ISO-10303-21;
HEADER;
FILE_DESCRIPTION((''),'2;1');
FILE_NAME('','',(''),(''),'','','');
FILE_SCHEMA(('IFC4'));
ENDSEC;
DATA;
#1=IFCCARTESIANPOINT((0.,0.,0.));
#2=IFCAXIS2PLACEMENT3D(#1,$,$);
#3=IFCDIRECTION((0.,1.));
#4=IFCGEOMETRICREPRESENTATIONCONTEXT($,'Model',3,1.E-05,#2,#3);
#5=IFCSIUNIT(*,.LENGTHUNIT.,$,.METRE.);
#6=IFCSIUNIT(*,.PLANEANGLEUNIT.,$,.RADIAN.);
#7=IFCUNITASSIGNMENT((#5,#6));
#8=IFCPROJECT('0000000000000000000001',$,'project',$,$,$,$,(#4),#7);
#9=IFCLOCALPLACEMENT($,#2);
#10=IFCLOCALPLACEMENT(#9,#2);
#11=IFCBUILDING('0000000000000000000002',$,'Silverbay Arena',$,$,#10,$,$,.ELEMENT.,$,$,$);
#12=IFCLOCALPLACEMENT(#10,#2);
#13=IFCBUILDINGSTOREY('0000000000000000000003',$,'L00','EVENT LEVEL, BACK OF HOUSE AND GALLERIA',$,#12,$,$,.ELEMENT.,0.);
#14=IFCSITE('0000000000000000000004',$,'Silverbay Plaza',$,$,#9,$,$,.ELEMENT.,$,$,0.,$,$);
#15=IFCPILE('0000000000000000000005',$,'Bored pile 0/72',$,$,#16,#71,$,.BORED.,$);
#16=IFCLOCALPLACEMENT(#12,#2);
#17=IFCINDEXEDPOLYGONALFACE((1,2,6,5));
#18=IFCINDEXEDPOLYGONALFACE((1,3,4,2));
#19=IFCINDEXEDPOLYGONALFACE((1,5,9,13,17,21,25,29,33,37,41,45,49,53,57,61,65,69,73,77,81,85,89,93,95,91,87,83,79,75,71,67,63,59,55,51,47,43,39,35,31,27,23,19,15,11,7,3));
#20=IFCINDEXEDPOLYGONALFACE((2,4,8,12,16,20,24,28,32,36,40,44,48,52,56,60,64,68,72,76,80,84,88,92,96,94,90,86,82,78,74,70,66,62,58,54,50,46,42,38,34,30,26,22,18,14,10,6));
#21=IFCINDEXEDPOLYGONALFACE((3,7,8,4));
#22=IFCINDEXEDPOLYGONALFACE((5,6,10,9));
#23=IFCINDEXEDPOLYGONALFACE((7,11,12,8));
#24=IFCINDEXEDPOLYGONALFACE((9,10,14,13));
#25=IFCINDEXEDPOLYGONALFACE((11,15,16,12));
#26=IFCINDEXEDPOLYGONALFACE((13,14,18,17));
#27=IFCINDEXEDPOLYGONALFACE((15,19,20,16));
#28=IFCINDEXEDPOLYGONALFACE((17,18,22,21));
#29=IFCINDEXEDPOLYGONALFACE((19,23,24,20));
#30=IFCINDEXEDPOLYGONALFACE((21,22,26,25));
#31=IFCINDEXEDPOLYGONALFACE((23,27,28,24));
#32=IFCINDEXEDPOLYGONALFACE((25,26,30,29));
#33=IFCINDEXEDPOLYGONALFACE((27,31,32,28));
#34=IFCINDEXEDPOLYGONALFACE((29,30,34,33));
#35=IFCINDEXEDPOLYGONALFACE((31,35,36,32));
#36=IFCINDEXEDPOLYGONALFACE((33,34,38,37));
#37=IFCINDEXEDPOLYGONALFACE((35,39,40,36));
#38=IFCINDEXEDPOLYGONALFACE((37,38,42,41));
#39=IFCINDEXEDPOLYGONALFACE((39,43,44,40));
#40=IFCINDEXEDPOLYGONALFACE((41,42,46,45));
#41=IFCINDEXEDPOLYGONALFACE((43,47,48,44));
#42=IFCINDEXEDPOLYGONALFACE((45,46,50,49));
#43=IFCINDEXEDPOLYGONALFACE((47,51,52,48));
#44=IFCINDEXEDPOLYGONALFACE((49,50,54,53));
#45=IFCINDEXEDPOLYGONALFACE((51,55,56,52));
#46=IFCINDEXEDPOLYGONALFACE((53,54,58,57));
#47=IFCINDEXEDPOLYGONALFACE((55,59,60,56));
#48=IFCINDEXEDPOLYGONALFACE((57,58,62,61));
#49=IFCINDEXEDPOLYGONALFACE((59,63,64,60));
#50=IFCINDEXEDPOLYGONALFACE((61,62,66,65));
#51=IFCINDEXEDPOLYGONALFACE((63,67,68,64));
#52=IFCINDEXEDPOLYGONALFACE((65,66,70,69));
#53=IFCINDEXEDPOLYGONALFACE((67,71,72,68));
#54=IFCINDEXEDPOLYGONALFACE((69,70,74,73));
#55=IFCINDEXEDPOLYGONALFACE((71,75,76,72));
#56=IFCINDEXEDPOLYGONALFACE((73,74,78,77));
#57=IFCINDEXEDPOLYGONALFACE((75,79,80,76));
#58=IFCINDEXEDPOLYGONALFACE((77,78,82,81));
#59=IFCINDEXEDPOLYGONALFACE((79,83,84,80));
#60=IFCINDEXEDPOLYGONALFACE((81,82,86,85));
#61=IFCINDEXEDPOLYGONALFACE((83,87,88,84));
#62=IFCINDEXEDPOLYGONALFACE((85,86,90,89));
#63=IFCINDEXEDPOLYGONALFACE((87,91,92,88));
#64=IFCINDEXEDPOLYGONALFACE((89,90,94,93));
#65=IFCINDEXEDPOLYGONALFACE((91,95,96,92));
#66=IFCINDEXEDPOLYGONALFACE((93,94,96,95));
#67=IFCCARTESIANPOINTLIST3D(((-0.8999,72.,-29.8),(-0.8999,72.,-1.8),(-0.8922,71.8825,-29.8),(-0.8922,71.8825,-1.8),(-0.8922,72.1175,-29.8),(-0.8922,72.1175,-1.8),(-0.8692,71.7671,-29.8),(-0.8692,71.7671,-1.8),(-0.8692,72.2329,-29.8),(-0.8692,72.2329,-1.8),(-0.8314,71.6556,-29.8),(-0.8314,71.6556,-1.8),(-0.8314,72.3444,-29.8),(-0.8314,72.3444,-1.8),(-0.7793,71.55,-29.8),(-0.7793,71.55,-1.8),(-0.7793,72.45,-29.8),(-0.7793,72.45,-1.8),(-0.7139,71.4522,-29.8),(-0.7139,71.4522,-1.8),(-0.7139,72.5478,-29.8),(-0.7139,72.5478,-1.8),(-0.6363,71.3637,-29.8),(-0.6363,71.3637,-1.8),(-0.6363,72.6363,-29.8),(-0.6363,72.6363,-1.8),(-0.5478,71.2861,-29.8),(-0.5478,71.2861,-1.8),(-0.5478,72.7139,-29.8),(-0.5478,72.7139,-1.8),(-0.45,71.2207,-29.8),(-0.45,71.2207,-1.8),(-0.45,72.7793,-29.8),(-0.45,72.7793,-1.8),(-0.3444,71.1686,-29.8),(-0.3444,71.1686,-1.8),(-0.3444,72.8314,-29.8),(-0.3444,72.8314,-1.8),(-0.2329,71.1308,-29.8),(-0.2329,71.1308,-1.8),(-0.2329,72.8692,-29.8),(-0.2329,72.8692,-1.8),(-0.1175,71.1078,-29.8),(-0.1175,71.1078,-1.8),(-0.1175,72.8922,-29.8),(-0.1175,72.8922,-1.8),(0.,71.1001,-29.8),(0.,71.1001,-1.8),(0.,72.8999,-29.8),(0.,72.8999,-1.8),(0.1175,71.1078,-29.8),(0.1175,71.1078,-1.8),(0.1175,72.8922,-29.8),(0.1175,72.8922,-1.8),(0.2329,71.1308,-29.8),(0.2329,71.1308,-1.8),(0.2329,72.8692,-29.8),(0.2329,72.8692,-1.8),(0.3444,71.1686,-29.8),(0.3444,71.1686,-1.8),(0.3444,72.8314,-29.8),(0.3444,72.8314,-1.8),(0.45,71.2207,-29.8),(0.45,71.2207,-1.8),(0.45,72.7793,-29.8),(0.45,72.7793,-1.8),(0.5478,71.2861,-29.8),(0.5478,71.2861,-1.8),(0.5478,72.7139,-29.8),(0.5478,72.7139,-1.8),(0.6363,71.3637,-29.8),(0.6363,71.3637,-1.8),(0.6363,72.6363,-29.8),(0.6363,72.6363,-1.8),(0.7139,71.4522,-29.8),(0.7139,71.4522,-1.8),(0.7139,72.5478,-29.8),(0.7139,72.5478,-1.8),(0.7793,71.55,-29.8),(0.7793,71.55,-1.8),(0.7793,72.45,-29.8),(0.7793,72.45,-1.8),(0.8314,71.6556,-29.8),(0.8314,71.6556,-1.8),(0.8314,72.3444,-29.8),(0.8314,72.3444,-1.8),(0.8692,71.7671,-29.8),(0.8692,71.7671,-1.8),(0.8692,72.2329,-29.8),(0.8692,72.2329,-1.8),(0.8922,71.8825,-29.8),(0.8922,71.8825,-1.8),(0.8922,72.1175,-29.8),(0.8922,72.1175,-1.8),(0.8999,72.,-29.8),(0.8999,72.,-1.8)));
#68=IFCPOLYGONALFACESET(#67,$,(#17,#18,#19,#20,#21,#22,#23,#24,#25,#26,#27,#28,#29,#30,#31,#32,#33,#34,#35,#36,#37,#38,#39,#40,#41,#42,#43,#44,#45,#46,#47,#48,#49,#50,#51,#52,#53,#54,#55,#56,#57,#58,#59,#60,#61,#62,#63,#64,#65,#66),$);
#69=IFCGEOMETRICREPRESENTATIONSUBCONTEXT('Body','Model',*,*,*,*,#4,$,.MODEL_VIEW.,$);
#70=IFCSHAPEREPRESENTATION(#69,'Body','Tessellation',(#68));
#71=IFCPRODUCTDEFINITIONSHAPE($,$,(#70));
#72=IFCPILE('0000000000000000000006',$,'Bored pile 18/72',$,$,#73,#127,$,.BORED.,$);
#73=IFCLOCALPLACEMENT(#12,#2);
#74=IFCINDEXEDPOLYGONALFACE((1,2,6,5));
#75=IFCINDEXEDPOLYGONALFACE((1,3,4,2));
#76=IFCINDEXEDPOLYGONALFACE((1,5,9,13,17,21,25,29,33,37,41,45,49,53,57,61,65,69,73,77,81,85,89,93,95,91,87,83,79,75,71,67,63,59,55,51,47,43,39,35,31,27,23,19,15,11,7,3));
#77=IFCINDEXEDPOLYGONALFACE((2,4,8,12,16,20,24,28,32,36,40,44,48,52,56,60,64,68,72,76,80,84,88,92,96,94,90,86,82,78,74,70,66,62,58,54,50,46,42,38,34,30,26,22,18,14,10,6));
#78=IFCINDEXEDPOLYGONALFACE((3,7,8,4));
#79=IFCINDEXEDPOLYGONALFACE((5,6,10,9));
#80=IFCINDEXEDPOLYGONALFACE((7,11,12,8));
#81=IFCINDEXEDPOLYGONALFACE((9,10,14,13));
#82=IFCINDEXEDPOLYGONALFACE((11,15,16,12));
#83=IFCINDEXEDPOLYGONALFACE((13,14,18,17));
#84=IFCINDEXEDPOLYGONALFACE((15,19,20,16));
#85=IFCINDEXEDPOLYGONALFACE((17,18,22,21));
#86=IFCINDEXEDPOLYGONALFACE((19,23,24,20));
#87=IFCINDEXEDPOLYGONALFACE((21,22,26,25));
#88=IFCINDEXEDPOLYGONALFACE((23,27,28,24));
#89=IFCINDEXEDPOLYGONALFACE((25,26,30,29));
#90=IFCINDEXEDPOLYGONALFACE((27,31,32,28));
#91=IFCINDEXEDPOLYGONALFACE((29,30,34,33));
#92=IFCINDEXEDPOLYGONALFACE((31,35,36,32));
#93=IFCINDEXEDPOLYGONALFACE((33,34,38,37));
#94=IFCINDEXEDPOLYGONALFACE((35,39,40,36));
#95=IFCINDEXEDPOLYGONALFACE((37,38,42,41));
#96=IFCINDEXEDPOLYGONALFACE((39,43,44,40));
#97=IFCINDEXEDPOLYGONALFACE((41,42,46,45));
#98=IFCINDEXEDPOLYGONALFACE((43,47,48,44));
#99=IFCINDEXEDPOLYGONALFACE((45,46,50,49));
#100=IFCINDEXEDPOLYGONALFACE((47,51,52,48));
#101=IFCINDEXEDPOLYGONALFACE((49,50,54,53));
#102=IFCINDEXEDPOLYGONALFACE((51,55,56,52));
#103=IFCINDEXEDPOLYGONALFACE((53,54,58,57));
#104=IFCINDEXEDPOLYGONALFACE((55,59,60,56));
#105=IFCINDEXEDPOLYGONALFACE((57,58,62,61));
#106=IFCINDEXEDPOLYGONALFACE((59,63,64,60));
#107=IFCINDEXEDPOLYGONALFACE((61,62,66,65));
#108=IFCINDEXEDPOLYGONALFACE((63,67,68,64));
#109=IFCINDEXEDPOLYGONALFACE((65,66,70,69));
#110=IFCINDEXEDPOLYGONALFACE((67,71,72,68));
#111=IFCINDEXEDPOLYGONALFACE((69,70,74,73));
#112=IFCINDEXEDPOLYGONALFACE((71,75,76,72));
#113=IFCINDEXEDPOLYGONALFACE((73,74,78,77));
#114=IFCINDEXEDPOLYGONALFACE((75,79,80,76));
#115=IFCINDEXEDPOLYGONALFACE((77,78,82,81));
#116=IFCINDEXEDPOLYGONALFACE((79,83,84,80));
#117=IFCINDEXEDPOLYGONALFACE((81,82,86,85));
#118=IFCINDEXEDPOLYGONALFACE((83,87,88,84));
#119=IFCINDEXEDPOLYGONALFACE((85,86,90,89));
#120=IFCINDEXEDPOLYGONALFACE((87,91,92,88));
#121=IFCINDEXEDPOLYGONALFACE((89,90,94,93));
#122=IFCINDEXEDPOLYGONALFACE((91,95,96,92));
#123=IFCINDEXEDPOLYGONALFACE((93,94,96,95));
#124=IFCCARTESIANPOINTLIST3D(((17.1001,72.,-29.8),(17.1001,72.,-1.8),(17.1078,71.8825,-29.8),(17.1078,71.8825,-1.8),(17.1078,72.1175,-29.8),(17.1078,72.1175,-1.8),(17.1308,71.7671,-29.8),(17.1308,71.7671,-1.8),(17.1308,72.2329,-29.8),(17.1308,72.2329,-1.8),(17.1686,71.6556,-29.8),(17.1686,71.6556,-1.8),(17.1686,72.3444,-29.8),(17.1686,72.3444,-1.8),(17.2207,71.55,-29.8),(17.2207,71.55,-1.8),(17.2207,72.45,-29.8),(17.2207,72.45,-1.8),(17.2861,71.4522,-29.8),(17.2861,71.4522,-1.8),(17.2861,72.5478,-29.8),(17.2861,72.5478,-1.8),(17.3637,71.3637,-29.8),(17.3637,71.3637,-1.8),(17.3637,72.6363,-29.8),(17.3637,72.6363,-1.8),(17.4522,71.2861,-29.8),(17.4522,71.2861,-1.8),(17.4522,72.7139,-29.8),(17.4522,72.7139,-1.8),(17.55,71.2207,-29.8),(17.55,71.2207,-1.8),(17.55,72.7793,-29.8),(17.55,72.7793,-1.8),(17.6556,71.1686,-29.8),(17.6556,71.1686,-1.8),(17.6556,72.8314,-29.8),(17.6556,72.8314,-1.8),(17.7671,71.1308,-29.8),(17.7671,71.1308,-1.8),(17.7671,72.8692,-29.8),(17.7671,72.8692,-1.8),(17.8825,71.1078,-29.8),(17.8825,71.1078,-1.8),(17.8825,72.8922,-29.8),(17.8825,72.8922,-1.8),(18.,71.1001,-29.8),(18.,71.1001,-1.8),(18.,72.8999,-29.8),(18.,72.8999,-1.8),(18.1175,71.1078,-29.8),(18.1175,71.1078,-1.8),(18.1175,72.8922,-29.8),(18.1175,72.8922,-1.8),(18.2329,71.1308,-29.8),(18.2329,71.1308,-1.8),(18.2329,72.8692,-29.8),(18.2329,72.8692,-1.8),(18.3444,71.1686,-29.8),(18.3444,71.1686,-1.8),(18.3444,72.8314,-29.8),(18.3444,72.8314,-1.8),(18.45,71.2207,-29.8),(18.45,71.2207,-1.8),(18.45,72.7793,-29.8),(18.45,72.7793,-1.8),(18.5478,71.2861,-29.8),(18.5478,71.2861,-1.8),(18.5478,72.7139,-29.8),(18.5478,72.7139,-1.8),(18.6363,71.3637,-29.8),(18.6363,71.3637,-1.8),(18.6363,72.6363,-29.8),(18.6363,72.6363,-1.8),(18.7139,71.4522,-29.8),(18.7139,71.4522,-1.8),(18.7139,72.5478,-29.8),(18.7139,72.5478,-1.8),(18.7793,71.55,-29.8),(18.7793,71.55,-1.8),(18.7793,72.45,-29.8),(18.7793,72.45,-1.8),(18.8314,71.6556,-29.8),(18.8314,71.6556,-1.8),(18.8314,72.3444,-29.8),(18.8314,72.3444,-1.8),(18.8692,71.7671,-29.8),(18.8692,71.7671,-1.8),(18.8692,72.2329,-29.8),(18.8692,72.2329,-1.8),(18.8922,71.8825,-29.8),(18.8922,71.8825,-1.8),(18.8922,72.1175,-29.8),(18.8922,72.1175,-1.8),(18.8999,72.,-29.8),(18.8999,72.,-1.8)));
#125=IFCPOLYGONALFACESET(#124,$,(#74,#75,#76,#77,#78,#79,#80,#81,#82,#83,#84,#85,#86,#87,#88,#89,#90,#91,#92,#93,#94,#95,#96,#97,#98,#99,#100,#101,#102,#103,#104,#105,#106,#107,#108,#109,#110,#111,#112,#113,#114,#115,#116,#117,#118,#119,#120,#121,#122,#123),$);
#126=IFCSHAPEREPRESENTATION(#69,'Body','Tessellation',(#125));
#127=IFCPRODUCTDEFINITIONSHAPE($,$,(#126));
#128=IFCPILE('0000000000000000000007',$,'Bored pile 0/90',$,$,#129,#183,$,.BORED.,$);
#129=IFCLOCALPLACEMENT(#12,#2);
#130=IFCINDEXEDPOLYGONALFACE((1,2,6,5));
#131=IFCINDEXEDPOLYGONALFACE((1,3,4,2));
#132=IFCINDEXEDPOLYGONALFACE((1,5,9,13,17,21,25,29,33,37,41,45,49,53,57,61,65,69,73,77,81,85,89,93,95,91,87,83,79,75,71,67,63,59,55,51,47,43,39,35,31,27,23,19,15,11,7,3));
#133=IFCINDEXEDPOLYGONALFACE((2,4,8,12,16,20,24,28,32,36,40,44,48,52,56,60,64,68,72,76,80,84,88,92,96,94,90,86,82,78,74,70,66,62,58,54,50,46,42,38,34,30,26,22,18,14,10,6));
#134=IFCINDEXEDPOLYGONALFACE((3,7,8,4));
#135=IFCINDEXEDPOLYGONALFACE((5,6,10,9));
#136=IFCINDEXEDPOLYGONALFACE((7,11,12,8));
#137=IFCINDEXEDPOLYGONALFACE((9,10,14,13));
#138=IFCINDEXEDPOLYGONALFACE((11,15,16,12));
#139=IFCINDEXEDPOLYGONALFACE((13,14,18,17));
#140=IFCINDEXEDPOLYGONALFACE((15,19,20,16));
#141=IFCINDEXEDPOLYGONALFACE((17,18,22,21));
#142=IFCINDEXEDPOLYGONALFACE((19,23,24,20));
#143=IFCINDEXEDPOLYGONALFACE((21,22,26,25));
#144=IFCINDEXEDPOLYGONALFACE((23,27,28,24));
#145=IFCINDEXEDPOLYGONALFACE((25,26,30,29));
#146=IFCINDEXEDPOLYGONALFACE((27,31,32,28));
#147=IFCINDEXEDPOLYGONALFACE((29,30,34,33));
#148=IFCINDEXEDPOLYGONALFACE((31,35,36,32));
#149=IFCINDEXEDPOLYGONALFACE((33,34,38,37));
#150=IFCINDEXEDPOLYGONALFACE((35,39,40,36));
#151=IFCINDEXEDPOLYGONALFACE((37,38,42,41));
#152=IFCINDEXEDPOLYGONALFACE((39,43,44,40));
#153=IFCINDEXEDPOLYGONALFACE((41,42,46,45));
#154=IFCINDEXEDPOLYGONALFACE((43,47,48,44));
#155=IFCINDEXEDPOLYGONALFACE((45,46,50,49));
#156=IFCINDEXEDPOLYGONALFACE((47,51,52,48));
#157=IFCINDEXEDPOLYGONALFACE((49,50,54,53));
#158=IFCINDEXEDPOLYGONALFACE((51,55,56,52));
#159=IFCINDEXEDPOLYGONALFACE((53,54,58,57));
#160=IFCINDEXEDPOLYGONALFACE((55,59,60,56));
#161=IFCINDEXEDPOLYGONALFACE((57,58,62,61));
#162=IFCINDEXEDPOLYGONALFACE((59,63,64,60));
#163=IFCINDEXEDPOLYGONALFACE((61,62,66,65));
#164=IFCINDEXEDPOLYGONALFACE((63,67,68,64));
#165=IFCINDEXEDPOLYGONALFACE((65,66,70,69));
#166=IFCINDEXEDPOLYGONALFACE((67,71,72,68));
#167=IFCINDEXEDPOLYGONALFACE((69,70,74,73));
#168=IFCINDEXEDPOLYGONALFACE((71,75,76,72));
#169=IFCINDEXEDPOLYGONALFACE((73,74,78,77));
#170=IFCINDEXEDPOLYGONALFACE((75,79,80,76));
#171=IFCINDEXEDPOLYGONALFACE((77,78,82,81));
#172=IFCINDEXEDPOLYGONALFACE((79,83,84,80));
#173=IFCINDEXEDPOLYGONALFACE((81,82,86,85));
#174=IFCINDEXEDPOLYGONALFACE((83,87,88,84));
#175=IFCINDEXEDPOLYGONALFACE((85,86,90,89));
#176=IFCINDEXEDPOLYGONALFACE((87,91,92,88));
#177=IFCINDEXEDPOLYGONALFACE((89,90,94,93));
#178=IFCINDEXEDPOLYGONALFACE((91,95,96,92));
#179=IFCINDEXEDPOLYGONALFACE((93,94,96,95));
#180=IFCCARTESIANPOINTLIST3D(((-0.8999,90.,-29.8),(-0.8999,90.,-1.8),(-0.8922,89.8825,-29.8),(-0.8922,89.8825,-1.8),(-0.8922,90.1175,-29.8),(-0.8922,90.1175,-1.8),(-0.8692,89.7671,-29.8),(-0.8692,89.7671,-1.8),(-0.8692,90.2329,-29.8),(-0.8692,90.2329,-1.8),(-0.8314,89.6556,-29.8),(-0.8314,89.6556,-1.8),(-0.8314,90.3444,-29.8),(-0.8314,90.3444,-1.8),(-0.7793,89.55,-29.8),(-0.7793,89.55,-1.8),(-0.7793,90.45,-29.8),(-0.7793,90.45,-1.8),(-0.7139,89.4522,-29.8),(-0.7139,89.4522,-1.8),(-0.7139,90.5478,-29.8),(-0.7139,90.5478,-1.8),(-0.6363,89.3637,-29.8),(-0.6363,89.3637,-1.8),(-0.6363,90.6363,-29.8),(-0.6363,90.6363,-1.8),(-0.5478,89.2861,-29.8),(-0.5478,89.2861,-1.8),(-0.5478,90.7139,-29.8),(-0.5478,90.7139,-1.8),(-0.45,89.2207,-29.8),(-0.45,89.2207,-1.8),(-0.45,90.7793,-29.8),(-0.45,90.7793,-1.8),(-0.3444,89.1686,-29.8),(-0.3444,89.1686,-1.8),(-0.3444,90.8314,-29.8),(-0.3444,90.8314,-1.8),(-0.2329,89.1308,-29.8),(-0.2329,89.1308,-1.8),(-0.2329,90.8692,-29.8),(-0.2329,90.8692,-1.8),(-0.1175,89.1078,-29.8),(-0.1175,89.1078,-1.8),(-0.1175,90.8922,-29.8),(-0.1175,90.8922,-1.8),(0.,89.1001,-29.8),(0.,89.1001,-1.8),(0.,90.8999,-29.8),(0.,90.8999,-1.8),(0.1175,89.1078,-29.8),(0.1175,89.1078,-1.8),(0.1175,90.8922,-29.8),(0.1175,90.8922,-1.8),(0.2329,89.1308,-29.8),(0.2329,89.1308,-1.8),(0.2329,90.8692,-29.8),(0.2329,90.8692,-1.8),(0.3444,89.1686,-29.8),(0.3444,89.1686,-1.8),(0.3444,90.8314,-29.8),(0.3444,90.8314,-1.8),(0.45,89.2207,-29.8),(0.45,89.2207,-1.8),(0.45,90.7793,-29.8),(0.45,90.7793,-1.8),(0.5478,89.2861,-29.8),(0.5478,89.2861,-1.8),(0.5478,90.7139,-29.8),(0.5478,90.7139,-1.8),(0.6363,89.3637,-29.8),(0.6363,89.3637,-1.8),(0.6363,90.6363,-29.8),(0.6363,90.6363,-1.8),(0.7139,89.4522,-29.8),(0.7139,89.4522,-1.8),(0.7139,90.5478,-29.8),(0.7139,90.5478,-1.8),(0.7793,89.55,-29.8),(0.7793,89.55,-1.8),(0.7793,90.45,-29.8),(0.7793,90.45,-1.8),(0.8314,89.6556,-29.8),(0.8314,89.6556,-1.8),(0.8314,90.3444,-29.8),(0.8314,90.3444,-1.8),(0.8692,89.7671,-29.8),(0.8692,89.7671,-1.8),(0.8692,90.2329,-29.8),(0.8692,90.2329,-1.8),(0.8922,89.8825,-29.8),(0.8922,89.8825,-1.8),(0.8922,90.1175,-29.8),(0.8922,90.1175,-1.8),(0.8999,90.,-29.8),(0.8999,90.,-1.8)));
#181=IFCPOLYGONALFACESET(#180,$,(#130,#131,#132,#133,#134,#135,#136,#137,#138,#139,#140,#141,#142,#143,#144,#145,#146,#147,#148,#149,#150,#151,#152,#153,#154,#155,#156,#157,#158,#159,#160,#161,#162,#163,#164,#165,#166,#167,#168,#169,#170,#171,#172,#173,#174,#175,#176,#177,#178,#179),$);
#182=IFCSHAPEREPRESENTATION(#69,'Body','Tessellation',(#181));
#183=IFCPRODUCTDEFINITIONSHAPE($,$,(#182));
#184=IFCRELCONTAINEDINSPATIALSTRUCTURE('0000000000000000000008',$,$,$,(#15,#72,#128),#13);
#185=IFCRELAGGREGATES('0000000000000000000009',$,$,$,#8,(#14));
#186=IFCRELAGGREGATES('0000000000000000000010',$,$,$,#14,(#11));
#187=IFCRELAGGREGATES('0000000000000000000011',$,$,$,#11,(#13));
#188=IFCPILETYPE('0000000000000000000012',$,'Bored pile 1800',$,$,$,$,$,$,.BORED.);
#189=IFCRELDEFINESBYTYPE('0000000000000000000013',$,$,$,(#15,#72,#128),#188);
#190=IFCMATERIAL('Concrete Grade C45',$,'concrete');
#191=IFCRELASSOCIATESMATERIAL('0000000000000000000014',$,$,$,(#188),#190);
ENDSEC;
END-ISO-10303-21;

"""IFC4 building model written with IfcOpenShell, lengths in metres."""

from ifc_helpers import new_model, si_unit, direction, frame, origin, origin_2d, place, context, subcontext, project, spatial, circle, extrude, material, material_profile, profile_set, type_object, element, save


model = new_model("IFC4")

# Units and contexts
model_context = context("Model", 3, precision=1e-05, world=origin(), true_north=direction((0.0, 1.0)))
body_context = subcontext(model_context, "Body", "Model", "MODEL_VIEW")
ifc_project = project(units=[si_unit("LENGTHUNIT", "METRE"), si_unit("PLANEANGLEUNIT", "RADIAN")], contexts=[model_context])

# Site, building, storey
site_placement = place(None, origin())
site = spatial("IfcSite", under=ifc_project, at=site_placement, Name="Silverbay Plaza", CompositionType="ELEMENT", RefElevation=0.0)
building_placement = place(site_placement, origin())
building = spatial("IfcBuilding", under=site, at=building_placement, Name="Silverbay Arena", CompositionType="ELEMENT")
storey_placement = place(building_placement, origin())
storey = spatial("IfcBuildingStorey", under=building, at=storey_placement, Name="L00", Description="EVENT LEVEL, BACK OF HOUSE AND GALLERIA", CompositionType="ELEMENT", Elevation=0.0)

# Piles
ifc_material_1 = material(Name="Concrete Grade C45", Category="concrete")
ifc_material_profile_1 = material_profile(ifc_material_1, circle(Radius=0.8999, at=origin_2d()), Name="Bored pile 1800")
ifc_profile_set_1 = profile_set([ifc_material_profile_1], Name="Concrete Grade C45")
pile_type = type_object("IfcPileType", Name="Bored pile 1800", PredefinedType="BORED", material=ifc_profile_set_1)
for number, where, z_axis, x_axis, name in (
    (1, (0.0, 72.0, -1.8), (0.0, 0.0, -1.0), (1.0, 0.0, 0.0), "Bored pile 0/72"),
    (2, (18.0, 72.0, -1.8), (0.0, 0.0, -1.0), (1.0, 0.0, 0.0), "Bored pile 18/72"),
    (3, (0.0, 90.0, -1.8), (0.0, 0.0, -1.0), (1.0, 0.0, 0.0), "Bored pile 0/90"),
):
    element("IfcPile", number, at=place(storey_placement, frame(where, z_axis=z_axis, x_axis=x_axis)), inside=storey, type_object=pile_type, Name=name, PredefinedType="BORED", context=body_context, shape_type="SweptSolid", body=[
        extrude(circle(Radius=0.8999, at=origin_2d()), origin(), (0.0, 0.0, 1.0), 28.0),
    ])

save(model, "model.ifc")
